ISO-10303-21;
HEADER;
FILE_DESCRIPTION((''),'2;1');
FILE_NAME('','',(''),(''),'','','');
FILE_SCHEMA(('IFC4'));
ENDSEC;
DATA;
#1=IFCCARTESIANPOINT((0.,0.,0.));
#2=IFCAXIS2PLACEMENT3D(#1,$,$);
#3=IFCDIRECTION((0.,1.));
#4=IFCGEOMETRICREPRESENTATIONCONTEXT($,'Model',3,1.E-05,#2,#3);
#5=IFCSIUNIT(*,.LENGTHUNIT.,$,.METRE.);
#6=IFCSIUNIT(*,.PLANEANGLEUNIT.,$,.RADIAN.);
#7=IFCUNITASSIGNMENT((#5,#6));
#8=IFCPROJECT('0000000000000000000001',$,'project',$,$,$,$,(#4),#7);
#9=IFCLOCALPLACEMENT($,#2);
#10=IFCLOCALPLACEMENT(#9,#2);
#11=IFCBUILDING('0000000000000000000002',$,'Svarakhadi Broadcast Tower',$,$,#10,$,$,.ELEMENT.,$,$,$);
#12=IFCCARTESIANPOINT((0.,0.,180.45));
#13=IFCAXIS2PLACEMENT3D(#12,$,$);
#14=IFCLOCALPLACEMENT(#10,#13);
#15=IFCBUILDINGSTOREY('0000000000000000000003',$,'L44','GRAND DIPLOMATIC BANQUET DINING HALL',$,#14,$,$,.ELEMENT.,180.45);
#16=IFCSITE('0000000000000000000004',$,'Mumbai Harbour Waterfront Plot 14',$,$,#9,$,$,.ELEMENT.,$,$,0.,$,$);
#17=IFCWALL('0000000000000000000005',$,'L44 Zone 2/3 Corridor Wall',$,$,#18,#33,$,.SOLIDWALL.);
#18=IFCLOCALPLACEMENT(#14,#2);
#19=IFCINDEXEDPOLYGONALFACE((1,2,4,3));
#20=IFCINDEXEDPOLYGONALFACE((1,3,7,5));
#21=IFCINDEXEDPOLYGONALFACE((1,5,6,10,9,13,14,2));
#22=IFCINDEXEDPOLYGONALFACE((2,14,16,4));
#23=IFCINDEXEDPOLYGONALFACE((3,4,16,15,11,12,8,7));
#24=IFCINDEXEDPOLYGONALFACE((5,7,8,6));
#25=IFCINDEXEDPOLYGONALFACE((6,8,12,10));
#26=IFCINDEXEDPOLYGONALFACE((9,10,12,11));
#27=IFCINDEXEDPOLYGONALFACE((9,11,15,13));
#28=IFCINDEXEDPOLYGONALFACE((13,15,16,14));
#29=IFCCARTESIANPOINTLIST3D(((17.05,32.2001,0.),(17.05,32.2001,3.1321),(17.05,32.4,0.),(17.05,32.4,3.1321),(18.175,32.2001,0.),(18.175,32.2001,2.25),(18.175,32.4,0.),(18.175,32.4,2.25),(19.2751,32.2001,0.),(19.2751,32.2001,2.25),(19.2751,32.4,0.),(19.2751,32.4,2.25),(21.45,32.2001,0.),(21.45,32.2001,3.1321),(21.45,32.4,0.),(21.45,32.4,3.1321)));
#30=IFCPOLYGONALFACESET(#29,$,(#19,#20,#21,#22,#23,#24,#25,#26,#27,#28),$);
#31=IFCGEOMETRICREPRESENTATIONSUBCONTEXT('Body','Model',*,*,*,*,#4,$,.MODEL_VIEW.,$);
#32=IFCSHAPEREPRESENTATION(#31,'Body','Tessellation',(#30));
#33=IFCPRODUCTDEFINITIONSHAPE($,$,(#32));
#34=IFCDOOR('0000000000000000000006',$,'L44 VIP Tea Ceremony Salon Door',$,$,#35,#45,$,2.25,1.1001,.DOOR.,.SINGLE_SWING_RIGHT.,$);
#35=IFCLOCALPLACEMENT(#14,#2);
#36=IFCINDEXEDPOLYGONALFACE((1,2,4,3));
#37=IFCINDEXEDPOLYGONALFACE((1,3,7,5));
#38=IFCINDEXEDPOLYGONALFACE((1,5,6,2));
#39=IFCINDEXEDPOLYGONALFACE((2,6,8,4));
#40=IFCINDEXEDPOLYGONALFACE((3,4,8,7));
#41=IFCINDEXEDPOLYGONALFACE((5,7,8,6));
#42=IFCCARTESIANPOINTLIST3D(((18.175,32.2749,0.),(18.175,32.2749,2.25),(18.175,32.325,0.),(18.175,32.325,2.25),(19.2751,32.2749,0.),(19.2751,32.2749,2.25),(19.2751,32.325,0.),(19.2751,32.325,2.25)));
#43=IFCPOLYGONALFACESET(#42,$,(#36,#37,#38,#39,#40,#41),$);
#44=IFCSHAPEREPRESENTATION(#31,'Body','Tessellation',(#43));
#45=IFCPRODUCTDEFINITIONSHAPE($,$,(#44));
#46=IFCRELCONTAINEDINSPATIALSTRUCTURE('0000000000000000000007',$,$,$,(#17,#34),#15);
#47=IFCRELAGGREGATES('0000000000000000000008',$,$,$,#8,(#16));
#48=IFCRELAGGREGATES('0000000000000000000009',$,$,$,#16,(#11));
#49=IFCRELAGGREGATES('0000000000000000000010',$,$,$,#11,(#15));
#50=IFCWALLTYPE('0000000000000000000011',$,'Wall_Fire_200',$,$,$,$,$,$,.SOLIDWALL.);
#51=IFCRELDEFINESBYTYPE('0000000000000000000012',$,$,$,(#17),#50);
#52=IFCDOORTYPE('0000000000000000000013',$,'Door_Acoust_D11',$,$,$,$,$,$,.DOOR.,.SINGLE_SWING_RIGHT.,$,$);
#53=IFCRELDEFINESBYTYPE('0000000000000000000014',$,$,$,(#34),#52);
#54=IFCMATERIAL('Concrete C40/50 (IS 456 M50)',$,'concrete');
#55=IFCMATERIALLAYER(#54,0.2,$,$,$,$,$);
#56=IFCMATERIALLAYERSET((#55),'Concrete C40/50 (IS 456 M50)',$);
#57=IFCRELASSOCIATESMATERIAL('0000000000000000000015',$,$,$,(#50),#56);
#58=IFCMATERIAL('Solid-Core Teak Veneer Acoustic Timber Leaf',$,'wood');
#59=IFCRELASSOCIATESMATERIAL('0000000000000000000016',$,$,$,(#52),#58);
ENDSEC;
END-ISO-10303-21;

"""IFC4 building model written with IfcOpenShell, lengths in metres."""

from ifc_helpers import new_model, si_unit, direction, frame, frame_2d, origin, place, context, subcontext, project, spatial, rectangle, extrude, material, layer, layer_set, type_object, element, fill, save


model = new_model("IFC4")

# Units and contexts
model_context = context("Model", 3, precision=1e-05, world=origin(), true_north=direction((0.0, 1.0)))
body_context = subcontext(model_context, "Body", "Model", "MODEL_VIEW")
ifc_project = project(units=[si_unit("LENGTHUNIT", "METRE"), si_unit("PLANEANGLEUNIT", "RADIAN")], contexts=[model_context])

# Site, building, storey
site_placement = place(None, origin())
site = spatial("IfcSite", under=ifc_project, at=site_placement, Name="Mumbai Harbour Waterfront Plot 14", CompositionType="ELEMENT", RefElevation=0.0)
building_placement = place(site_placement, origin())
building = spatial("IfcBuilding", under=site, at=building_placement, Name="Svarakhadi Broadcast Tower", CompositionType="ELEMENT")
storey_placement = place(building_placement, frame((0.0, 0.0, 180.45)))
storey = spatial("IfcBuildingStorey", under=building, at=storey_placement, Name="L44", Description="GRAND DIPLOMATIC BANQUET DINING HALL", CompositionType="ELEMENT", Elevation=180.45)

# Shared definitions
ifc_material_1 = material(Name="Concrete C40/50 (IS 456 M50)", Category="concrete")
ifc_layer_1 = layer(ifc_material_1, 0.2)
ifc_layer_set_1 = layer_set([ifc_layer_1], Name="Concrete C40/50 (IS 456 M50)")
wall_type_1 = type_object("IfcWallType", Name="Wall_Fire_200", PredefinedType="SOLIDWALL", material=ifc_layer_set_1)

# Shared definitions
ifc_material_2 = material(Name="Solid-Core Teak Veneer Acoustic Timber Leaf", Category="wood")
door_type_1 = type_object("IfcDoorType", Name="Door_Acoust_D11", OperationType="SINGLE_SWING_RIGHT", PredefinedType="DOOR", material=ifc_material_2)

# Wall, opening, door
wall_1_placement = place(storey_placement, frame((17.05, 32.3, 0.0), z_axis=(0.0, 0.0, 1.0), x_axis=(1.0, 0.0, 0.0)))
wall_1 = element("IfcWall", 1, at=wall_1_placement, inside=storey, type_object=wall_type_1, Name="L44 Zone 2/3 Corridor Wall", PredefinedType="SOLIDWALL", context=body_context, shape_type="SweptSolid", body=[
    extrude(rectangle(XDim=4.3999, YDim=0.2, at=frame_2d((2.2, 0.0))), origin(), (0.0, 0.0, 1.0), 3.1321),
])
opening_1_placement = place(wall_1_placement, frame((1.125, 0.0, 0.0)))
opening_1 = element("IfcOpeningElement", 2, at=opening_1_placement, cuts=wall_1, PredefinedType="OPENING", context=body_context, shape_type="SweptSolid", body=[
    extrude(rectangle(XDim=1.1001, YDim=2.25, at=frame_2d((0.55, 1.125))), frame((0.0, 0.1099, 0.0), z_axis=(0.0, -1.0, 0.0), x_axis=(1.0, 0.0, 0.0)), (0.0, 0.0, 1.0), 0.22),
])
door_1_placement = place(opening_1_placement, origin())
door_1 = element("IfcDoor", 3, at=door_1_placement, inside=storey, type_object=door_type_1, Name="L44 VIP Tea Ceremony Salon Door", OperationType="SINGLE_SWING_RIGHT", OverallHeight=2.25, OverallWidth=1.1001, PredefinedType="DOOR", context=body_context, shape_type="SweptSolid", body=[
    extrude(rectangle(XDim=1.1001, YDim=2.25, at=frame_2d((0.55, 1.125))), frame((0.0, 0.0249, 0.0), z_axis=(0.0, -1.0, 0.0), x_axis=(1.0, 0.0, 0.0)), (0.0, 0.0, 1.0), 0.05),
])
fill(opening_1, door_1)

save(model, "model.ifc")
